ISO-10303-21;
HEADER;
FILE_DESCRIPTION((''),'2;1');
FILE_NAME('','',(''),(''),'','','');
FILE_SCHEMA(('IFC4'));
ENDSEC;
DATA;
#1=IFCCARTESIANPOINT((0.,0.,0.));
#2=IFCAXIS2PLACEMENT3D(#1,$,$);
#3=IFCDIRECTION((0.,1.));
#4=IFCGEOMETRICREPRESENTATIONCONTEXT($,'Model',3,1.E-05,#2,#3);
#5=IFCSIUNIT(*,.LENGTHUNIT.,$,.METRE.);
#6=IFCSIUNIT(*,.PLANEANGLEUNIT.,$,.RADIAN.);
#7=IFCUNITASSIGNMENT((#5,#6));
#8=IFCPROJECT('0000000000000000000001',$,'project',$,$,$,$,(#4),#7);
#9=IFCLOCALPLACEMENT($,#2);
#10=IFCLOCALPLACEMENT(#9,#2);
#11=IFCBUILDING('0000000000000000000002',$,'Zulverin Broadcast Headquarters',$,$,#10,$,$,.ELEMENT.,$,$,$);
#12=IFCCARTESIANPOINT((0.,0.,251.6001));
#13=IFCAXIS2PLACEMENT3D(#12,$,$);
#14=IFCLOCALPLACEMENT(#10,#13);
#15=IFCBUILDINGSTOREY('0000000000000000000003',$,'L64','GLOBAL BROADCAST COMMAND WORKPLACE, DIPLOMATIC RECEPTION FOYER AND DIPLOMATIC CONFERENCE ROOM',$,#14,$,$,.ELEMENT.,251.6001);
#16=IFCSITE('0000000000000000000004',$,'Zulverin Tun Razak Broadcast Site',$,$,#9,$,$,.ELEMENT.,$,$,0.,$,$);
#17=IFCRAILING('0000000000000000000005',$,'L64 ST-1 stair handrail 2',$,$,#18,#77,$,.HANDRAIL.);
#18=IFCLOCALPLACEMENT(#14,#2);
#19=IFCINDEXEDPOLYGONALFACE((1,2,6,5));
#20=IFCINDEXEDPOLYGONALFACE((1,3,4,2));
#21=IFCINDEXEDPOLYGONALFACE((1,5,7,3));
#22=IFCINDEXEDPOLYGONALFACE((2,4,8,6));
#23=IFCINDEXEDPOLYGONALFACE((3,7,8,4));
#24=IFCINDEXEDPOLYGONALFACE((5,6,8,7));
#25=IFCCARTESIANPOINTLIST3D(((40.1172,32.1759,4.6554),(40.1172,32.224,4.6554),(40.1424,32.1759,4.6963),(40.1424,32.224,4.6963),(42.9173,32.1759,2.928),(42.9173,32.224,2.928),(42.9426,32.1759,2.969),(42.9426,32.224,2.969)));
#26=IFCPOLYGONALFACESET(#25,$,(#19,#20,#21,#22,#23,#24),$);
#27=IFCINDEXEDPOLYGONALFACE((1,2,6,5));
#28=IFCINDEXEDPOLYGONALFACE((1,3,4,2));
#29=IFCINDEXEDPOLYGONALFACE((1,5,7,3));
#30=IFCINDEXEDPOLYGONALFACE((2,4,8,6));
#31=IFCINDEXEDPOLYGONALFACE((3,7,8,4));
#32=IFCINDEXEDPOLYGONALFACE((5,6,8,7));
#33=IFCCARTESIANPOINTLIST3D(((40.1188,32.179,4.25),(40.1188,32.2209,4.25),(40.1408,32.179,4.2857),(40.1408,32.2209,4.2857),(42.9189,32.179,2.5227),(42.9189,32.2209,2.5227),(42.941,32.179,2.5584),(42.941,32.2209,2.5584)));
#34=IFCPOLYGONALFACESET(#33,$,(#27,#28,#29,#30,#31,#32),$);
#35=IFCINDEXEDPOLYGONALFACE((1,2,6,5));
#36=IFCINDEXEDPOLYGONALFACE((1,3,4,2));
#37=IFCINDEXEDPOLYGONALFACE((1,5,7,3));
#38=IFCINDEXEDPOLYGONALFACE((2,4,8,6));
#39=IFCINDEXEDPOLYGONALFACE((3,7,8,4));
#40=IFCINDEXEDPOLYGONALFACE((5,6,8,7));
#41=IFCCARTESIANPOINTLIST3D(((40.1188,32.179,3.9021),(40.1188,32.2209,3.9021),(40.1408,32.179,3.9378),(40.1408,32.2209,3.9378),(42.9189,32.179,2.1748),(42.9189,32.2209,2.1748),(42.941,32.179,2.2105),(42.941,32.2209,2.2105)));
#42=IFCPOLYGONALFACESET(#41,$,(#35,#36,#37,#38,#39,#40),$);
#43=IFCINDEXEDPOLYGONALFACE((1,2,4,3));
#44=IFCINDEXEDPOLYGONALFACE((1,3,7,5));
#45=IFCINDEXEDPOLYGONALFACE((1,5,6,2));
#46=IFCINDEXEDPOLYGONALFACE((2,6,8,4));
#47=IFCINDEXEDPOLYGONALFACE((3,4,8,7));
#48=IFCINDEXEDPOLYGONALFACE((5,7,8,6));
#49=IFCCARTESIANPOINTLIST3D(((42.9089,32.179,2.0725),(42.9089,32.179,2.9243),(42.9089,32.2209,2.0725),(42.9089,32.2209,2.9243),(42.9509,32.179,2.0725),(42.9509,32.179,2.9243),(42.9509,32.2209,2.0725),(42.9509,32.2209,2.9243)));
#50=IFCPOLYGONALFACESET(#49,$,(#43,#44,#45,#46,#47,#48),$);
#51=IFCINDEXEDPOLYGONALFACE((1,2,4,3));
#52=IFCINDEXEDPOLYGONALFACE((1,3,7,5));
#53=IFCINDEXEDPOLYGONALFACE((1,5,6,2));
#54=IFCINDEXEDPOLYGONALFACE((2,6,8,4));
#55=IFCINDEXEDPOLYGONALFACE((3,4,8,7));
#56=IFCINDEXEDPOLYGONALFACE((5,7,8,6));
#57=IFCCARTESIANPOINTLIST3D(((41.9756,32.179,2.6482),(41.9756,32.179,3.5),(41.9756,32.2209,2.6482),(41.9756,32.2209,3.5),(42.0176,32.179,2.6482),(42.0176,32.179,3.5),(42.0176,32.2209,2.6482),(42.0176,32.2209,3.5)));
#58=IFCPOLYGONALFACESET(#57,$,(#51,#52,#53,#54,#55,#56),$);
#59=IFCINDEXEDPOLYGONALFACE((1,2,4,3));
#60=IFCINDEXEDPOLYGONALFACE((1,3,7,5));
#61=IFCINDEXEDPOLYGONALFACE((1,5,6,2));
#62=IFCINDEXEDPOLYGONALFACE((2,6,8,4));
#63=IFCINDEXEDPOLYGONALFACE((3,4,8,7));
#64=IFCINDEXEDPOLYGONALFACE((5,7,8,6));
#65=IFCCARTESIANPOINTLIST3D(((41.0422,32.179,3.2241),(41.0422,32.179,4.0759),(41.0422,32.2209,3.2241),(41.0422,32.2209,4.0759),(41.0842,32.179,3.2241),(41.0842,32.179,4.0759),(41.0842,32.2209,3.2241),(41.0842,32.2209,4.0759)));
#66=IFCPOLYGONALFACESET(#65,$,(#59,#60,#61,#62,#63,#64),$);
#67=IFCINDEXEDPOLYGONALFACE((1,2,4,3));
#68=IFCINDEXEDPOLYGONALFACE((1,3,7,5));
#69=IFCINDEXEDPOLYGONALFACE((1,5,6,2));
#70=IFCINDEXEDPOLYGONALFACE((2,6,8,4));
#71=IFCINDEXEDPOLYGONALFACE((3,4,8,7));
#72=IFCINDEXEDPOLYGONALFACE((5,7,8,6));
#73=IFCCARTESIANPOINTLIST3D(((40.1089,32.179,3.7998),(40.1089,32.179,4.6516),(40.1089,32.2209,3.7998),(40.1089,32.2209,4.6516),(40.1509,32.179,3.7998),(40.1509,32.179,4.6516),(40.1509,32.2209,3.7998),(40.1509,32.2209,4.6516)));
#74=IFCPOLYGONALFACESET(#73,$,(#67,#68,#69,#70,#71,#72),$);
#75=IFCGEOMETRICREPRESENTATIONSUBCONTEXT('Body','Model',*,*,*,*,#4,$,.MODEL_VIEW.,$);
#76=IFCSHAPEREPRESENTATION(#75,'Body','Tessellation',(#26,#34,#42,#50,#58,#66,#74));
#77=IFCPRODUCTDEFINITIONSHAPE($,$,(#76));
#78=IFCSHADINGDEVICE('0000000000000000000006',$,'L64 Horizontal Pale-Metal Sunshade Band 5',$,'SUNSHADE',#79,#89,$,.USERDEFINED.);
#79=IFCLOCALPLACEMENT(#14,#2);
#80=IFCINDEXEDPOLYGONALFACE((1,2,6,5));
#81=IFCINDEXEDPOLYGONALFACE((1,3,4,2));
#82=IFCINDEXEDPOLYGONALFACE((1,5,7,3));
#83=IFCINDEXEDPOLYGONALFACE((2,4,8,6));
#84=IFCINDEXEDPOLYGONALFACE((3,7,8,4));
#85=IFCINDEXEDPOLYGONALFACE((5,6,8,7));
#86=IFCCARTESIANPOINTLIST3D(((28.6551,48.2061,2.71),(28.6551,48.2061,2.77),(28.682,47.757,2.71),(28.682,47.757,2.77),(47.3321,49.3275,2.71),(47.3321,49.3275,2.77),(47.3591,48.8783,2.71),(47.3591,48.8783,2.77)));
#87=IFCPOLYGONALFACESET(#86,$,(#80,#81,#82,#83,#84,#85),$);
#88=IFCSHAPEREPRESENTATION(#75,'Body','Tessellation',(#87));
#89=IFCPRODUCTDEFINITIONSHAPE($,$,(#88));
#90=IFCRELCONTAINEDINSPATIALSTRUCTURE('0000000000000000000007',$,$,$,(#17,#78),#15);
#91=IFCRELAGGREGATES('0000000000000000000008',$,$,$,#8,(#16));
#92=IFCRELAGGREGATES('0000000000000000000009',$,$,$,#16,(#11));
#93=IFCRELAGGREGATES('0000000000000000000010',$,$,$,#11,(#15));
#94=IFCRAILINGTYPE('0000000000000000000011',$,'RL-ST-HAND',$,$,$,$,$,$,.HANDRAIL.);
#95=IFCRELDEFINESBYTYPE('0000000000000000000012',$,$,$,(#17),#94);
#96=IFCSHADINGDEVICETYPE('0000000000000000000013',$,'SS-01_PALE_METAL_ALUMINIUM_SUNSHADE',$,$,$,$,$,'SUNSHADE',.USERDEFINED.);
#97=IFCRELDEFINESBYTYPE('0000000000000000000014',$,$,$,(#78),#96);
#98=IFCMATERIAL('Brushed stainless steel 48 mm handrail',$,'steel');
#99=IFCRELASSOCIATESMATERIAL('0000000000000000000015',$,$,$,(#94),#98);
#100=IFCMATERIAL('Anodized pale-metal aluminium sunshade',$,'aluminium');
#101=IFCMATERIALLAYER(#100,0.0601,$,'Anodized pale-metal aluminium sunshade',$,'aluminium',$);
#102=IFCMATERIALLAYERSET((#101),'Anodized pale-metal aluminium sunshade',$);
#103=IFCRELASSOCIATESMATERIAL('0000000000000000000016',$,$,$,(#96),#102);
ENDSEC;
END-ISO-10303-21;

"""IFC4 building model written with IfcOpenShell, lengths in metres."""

from ifc_helpers import new_model, si_unit, direction, frame, origin, origin_2d, place, context, subcontext, project, spatial, rectangle, extrude, material, layer, layer_set, type_object, element, save


model = new_model("IFC4")

# Units and contexts
model_context = context("Model", 3, precision=1e-05, world=origin(), true_north=direction((0.0, 1.0)))
body_context = subcontext(model_context, "Body", "Model", "MODEL_VIEW")
ifc_project = project(units=[si_unit("LENGTHUNIT", "METRE"), si_unit("PLANEANGLEUNIT", "RADIAN")], contexts=[model_context])

# Site, building, storey
site_placement = place(None, origin())
site = spatial("IfcSite", under=ifc_project, at=site_placement, Name="Zulverin Tun Razak Broadcast Site", CompositionType="ELEMENT", RefElevation=0.0)
building_placement = place(site_placement, origin())
building = spatial("IfcBuilding", under=site, at=building_placement, Name="Zulverin Broadcast Headquarters", CompositionType="ELEMENT")
storey_placement = place(building_placement, frame((0.0, 0.0, 251.6001)))
storey = spatial("IfcBuildingStorey", under=building, at=storey_placement, Name="L64", Description="GLOBAL BROADCAST COMMAND WORKPLACE, DIPLOMATIC RECEPTION FOYER AND DIPLOMATIC CONFERENCE ROOM", CompositionType="ELEMENT", Elevation=251.6001)

# Railing
ifc_material_1 = material(Name="Brushed stainless steel 48 mm handrail", Category="steel")
railing_type_1 = type_object("IfcRailingType", Name="RL-ST-HAND", PredefinedType="HANDRAIL", material=ifc_material_1)
railing_1_placement = place(storey_placement, frame((42.9299, 32.2, 2.0725)))
element("IfcRailing", 1, at=railing_1_placement, inside=storey, type_object=railing_type_1, Name="L64 ST-1 stair handrail 2", PredefinedType="HANDRAIL", context=body_context, shape_type="SweptSolid", body=[
    extrude(rectangle(XDim=0.0481, YDim=0.0481, at=origin_2d()), frame((0.0, 0.0, 0.876), z_axis=(-0.85109, 0.0, 0.52502), x_axis=(0.0, -1.0, 0.0)), (0.0, 0.0, 1.0), 3.29),
    extrude(rectangle(XDim=0.042, YDim=0.042, at=origin_2d()), frame((0.0, 0.0, 0.468), z_axis=(-0.85109, 0.0, 0.52502), x_axis=(0.0, -1.0, 0.0)), (0.0, 0.0, 1.0), 3.29),
    extrude(rectangle(XDim=0.042, YDim=0.042, at=origin_2d()), frame((0.0, 0.0, 0.1201), z_axis=(-0.85109, 0.0, 0.52502), x_axis=(0.0, -1.0, 0.0)), (0.0, 0.0, 1.0), 3.29),
    extrude(rectangle(XDim=0.042, YDim=0.042, at=origin_2d()), origin(), (0.0, 0.0, 1.0), 0.8518),
    extrude(rectangle(XDim=0.042, YDim=0.042, at=origin_2d()), frame((-0.9333, 0.0, 0.5757)), (0.0, 0.0, 1.0), 0.8518),
    extrude(rectangle(XDim=0.042, YDim=0.042, at=origin_2d()), frame((-1.8667, 0.0, 1.1516)), (0.0, 0.0, 1.0), 0.8518),
    extrude(rectangle(XDim=0.042, YDim=0.042, at=origin_2d()), frame((-2.8, 0.0, 1.7273)), (0.0, 0.0, 1.0), 0.8518),
])

# Shading device
ifc_material_2 = material(Name="Anodized pale-metal aluminium sunshade", Category="aluminium")
ifc_layer_1 = layer(ifc_material_2, 0.0601, Name="Anodized pale-metal aluminium sunshade", Category="aluminium")
ifc_layer_set_1 = layer_set([ifc_layer_1], Name="Anodized pale-metal aluminium sunshade")
shading_device_type = type_object("IfcShadingDeviceType", Name="SS-01_PALE_METAL_ALUMINIUM_SUNSHADE", ElementType="SUNSHADE", PredefinedType="USERDEFINED", material=ifc_layer_set_1)
shading_device_placement = place(storey_placement, frame((38.0071, 48.5422, 2.71), z_axis=(0.0, 0.0, 1.0), x_axis=(-0.998203, -0.05993, 0.0)))
element("IfcShadingDevice", 2, at=shading_device_placement, inside=storey, type_object=shading_device_type, Name="L64 Horizontal Pale-Metal Sunshade Band 5", ObjectType="SUNSHADE", PredefinedType="USERDEFINED", context=body_context, shape_type="SweptSolid", body=[
    extrude(rectangle(XDim=18.7107, YDim=0.45, at=origin_2d()), origin(), (0.0, 0.0, 1.0), 0.0601),
])

save(model, "model.ifc")
